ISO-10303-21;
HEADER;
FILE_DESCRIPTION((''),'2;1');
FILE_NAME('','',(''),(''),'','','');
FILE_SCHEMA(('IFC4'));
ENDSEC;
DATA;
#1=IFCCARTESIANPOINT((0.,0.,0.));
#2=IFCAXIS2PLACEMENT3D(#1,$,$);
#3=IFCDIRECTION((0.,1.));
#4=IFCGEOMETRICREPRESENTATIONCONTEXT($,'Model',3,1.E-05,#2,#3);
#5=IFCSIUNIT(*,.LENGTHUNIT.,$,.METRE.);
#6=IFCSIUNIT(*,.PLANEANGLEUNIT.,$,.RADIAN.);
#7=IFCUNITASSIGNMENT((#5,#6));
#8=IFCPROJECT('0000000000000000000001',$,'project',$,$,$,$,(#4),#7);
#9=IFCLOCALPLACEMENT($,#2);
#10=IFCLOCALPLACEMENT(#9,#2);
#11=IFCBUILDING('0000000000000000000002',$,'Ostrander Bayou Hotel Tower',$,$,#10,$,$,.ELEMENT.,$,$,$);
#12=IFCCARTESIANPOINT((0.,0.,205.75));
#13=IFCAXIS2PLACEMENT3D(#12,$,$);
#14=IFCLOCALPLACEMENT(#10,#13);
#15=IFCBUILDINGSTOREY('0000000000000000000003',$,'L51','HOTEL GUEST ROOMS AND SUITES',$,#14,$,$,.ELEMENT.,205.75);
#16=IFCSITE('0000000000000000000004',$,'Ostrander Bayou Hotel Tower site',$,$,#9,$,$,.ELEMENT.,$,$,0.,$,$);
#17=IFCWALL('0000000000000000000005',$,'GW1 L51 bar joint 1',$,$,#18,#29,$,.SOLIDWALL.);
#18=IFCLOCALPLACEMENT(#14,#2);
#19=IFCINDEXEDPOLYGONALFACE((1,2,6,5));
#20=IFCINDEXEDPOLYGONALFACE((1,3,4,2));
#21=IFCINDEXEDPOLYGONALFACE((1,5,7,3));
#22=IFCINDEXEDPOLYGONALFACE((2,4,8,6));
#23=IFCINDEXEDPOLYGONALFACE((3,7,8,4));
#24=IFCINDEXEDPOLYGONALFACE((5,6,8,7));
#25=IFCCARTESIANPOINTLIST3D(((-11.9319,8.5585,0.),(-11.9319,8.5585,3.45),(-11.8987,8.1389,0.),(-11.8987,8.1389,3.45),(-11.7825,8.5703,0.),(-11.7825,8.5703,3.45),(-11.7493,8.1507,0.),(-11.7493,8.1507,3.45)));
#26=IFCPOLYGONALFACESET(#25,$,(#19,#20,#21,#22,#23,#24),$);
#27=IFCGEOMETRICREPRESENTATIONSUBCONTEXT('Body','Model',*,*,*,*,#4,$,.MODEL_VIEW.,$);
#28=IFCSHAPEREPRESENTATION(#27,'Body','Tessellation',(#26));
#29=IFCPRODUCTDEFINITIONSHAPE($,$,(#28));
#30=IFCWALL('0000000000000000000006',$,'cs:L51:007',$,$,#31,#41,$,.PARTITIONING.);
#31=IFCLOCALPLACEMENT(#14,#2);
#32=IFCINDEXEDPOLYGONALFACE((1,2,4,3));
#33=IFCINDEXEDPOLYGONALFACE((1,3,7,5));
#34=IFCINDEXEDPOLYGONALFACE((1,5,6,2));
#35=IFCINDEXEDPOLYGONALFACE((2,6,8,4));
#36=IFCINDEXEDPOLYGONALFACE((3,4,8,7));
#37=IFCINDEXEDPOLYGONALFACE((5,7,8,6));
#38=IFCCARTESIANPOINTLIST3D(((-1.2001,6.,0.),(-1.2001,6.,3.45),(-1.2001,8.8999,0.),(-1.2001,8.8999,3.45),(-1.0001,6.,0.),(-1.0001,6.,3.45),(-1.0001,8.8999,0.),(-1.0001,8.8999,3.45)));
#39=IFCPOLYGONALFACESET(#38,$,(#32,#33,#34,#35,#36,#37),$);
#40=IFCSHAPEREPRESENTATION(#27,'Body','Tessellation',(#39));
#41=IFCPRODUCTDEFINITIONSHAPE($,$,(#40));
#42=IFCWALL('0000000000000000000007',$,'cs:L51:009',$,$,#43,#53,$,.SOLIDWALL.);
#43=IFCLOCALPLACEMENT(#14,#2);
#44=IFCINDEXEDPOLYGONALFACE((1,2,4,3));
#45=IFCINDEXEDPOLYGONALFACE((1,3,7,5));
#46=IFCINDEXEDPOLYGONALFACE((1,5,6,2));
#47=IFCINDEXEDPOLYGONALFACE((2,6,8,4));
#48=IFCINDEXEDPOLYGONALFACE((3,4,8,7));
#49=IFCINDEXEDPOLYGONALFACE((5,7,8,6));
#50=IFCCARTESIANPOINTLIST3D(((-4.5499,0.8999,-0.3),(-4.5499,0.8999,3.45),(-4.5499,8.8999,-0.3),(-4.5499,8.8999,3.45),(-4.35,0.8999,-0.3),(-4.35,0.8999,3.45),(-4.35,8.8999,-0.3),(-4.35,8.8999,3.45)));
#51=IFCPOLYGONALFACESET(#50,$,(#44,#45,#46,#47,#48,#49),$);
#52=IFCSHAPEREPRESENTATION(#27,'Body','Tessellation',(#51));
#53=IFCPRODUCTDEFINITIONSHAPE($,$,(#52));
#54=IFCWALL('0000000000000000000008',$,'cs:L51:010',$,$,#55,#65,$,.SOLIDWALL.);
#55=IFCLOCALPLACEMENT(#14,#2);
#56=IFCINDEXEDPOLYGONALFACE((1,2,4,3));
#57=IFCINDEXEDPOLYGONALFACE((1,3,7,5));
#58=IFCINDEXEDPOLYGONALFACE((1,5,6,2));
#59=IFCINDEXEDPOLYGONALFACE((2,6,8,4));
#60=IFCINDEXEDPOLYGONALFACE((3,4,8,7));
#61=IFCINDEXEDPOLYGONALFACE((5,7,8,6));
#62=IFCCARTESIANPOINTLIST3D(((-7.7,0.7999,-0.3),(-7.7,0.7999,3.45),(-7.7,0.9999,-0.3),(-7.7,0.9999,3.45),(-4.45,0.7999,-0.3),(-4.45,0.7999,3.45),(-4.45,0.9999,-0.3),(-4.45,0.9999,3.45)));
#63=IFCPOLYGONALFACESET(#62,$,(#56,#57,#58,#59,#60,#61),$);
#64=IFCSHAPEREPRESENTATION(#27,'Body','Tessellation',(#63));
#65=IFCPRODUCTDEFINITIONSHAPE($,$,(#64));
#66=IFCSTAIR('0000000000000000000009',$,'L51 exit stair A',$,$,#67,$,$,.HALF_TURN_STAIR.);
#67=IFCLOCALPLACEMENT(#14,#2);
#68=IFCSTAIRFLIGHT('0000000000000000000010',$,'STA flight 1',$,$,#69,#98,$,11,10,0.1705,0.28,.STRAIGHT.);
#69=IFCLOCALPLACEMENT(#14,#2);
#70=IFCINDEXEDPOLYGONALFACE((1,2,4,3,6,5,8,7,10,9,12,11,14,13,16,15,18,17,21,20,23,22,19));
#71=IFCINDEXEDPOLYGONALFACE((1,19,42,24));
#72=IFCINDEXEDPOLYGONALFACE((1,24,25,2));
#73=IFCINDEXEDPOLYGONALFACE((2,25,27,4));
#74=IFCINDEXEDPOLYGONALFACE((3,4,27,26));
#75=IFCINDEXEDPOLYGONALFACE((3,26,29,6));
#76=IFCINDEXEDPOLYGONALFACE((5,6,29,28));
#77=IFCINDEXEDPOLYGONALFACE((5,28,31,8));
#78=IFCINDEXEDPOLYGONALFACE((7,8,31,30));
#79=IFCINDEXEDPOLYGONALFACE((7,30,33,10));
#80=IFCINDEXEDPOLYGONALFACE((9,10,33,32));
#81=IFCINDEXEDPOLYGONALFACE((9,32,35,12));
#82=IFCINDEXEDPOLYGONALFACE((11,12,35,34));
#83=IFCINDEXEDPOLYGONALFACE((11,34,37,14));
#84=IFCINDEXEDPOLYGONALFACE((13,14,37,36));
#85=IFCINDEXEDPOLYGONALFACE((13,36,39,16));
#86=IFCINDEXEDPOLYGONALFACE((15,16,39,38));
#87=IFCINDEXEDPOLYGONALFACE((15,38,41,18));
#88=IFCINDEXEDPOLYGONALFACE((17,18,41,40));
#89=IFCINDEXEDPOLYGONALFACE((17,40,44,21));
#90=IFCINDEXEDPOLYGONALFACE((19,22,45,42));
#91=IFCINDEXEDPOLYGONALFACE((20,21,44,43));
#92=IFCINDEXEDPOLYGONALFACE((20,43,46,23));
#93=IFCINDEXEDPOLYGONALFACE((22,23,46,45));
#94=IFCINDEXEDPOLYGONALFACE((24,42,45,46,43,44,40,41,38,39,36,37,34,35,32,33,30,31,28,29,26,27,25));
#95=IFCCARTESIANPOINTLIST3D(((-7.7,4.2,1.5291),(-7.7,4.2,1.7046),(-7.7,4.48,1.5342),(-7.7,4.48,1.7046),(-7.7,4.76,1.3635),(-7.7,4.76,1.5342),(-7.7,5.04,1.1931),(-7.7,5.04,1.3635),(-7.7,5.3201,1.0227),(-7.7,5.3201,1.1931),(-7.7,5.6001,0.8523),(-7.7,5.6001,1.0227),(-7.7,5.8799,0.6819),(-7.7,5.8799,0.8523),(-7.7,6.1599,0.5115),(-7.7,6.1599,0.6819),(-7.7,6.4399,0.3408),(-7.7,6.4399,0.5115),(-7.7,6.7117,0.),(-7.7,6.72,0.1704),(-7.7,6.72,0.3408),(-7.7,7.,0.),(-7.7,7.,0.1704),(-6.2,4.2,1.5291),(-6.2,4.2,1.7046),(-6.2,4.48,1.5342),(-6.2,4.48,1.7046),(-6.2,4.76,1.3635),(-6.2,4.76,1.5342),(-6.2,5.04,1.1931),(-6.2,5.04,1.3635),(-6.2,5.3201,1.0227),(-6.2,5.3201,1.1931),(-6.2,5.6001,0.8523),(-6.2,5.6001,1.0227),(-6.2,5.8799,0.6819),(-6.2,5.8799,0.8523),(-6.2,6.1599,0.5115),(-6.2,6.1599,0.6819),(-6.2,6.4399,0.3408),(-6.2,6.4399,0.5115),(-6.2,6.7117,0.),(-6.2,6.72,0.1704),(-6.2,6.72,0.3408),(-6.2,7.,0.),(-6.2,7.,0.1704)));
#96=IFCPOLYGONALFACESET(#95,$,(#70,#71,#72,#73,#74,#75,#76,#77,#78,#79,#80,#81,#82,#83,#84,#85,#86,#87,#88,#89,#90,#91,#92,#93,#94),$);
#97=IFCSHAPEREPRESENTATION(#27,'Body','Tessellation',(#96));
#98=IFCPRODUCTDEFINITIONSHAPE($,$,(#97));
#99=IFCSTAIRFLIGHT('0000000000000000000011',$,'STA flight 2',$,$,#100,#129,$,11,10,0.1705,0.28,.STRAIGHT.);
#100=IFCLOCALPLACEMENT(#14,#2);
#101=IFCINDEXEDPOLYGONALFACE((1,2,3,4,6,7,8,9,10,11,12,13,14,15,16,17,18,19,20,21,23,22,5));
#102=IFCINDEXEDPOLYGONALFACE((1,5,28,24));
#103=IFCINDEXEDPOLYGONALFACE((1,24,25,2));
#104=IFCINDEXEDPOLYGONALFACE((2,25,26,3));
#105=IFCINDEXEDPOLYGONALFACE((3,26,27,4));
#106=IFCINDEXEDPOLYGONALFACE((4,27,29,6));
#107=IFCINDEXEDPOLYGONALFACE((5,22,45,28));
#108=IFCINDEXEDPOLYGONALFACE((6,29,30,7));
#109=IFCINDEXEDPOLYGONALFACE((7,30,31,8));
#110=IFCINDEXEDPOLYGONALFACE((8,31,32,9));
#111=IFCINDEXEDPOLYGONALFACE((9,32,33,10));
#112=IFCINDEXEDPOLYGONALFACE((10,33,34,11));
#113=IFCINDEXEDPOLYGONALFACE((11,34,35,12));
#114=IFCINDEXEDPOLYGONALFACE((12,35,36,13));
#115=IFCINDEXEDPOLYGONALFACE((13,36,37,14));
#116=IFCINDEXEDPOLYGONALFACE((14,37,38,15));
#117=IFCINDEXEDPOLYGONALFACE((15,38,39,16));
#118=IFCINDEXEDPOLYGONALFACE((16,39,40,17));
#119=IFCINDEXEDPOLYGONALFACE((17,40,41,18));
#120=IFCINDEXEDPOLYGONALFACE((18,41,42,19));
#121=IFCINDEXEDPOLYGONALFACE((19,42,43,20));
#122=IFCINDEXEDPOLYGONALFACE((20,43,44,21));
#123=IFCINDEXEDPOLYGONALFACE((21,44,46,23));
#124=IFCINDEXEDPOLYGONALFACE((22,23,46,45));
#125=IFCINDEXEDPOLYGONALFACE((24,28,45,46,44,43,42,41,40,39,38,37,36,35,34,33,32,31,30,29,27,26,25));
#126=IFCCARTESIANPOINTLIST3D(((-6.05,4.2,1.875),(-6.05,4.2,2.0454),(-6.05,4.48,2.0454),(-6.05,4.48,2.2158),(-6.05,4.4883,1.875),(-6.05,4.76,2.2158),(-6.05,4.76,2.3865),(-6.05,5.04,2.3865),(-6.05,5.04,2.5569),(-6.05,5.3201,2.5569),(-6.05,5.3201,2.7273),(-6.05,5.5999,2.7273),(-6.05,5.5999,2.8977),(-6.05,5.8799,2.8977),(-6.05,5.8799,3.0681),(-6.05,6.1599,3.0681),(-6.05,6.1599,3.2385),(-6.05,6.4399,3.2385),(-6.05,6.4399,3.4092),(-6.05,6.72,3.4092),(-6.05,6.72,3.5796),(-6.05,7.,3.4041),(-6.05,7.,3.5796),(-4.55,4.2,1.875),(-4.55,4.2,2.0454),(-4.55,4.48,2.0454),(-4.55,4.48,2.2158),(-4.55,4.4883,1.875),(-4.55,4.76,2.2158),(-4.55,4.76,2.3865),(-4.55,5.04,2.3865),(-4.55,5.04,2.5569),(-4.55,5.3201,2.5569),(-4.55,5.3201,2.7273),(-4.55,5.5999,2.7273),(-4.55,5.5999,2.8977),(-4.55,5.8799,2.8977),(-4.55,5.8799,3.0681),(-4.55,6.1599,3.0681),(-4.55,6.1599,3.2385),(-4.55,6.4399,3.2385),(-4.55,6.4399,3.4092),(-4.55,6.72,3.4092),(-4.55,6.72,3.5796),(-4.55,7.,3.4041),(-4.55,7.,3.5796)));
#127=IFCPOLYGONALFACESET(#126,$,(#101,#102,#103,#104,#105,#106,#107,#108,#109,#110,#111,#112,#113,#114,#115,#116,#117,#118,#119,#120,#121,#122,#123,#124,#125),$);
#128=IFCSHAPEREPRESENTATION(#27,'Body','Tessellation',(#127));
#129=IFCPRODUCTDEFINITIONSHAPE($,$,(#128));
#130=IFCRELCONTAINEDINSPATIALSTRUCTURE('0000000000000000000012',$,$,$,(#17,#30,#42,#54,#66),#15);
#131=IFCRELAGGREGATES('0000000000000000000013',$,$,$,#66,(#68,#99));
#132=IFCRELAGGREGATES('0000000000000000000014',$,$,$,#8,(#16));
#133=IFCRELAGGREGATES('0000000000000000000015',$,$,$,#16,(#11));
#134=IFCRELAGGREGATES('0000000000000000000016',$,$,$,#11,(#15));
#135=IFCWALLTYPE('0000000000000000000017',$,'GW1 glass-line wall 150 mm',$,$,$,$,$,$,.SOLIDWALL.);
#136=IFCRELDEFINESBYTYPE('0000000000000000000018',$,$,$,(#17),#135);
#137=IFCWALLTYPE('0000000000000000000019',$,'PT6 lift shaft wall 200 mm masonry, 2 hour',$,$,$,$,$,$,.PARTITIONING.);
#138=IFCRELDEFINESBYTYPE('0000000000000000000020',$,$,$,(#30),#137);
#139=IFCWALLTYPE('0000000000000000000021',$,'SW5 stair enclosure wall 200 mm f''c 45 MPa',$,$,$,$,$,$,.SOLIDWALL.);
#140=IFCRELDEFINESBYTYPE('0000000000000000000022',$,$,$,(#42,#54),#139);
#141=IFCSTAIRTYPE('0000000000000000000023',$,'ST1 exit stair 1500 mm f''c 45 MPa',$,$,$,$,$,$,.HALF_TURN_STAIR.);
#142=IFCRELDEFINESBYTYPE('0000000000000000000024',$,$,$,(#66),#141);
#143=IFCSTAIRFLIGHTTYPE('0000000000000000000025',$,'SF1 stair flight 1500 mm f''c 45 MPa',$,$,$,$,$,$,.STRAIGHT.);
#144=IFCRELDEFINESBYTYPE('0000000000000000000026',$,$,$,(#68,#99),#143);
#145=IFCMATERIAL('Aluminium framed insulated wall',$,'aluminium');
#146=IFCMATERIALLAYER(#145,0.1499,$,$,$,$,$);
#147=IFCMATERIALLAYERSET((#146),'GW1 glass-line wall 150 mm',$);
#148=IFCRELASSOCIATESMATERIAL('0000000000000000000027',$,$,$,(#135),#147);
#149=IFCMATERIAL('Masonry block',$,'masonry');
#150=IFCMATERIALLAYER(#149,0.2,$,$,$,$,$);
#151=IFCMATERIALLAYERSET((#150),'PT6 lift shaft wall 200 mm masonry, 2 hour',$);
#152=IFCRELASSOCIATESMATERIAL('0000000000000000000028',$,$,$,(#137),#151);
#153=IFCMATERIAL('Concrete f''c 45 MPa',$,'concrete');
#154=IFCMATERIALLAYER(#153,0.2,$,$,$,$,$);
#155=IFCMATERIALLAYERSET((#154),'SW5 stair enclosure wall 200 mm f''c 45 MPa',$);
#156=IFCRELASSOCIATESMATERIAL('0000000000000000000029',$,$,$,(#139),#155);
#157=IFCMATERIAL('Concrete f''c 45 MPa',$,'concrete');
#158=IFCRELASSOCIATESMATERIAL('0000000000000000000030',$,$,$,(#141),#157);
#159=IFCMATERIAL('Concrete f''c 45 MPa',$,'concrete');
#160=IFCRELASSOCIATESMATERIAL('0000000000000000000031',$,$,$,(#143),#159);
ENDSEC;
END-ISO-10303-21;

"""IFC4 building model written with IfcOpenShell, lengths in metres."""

from ifc_helpers import new_model, si_unit, direction, frame, frame_2d, origin, place, context, subcontext, project, spatial, polyline, rectangle, outline, extrude, material, layer, layer_set, type_object, element, aggregate, save


model = new_model("IFC4")

# Units and contexts
model_context = context("Model", 3, precision=1e-05, world=origin(), true_north=direction((0.0, 1.0)))
body_context = subcontext(model_context, "Body", "Model", "MODEL_VIEW")
ifc_project = project(units=[si_unit("LENGTHUNIT", "METRE"), si_unit("PLANEANGLEUNIT", "RADIAN")], contexts=[model_context])

# Site, building, storey
site_placement = place(None, origin())
site = spatial("IfcSite", under=ifc_project, at=site_placement, Name="Ostrander Bayou Hotel Tower site", CompositionType="ELEMENT", RefElevation=0.0)
building_placement = place(site_placement, origin())
building = spatial("IfcBuilding", under=site, at=building_placement, Name="Ostrander Bayou Hotel Tower", CompositionType="ELEMENT")
storey_placement = place(building_placement, frame((0.0, 0.0, 205.75)))
storey = spatial("IfcBuildingStorey", under=building, at=storey_placement, Name="L51", Description="HOTEL GUEST ROOMS AND SUITES", CompositionType="ELEMENT", Elevation=205.75)

# Wall
ifc_material_1 = material(Name="Aluminium framed insulated wall", Category="aluminium")
ifc_layer_1 = layer(ifc_material_1, 0.1499)
ifc_layer_set_1 = layer_set([ifc_layer_1], Name="GW1 glass-line wall 150 mm")
wall_type_1 = type_object("IfcWallType", Name="GW1 glass-line wall 150 mm", PredefinedType="SOLIDWALL", material=ifc_layer_set_1)
wall_1_placement = place(storey_placement, frame((-11.824, 8.1448, 0.0), z_axis=(0.0, 0.0, 1.0), x_axis=(-0.078869, 0.996885, 0.0)))
element("IfcWall", 1, at=wall_1_placement, inside=storey, type_object=wall_type_1, Name="GW1 L51 bar joint 1", PredefinedType="SOLIDWALL", context=body_context, shape_type="SweptSolid", body=[
    extrude(rectangle(XDim=0.4209, YDim=0.1499, at=frame_2d((0.2104, 0.0))), origin(), (0.0, 0.0, 1.0), 3.45),
])

# Shared definitions
ifc_material_2 = material(Name="Masonry block", Category="masonry")
ifc_layer_2 = layer(ifc_material_2, 0.2)
ifc_layer_set_2 = layer_set([ifc_layer_2], Name="PT6 lift shaft wall 200 mm masonry, 2 hour")
wall_type_2 = type_object("IfcWallType", Name="PT6 lift shaft wall 200 mm masonry, 2 hour", PredefinedType="PARTITIONING", material=ifc_layer_set_2)

# Walls
wall_2_placement = place(storey_placement, frame((-1.1001, 6.0, 0.0), z_axis=(0.0, 0.0, 1.0), x_axis=(0.0, 1.0, 0.0)))
element("IfcWall", 2, at=wall_2_placement, inside=storey, type_object=wall_type_2, Name="cs:L51:007", PredefinedType="PARTITIONING", context=body_context, shape_type="SweptSolid", body=[
    extrude(rectangle(XDim=2.8999, YDim=0.2, at=frame_2d((1.45, 0.0))), origin(), (0.0, 0.0, 1.0), 3.45),
])
ifc_material_3 = material(Name="Concrete f'c 45 MPa", Category="concrete")
ifc_layer_3 = layer(ifc_material_3, 0.2)
ifc_layer_set_3 = layer_set([ifc_layer_3], Name="SW5 stair enclosure wall 200 mm f'c 45 MPa")
wall_type_3 = type_object("IfcWallType", Name="SW5 stair enclosure wall 200 mm f'c 45 MPa", PredefinedType="SOLIDWALL", material=ifc_layer_set_3)
wall_3_placement = place(storey_placement, frame((-4.45, 0.8999, -0.3), z_axis=(0.0, 0.0, 1.0), x_axis=(0.0, 1.0, 0.0)))
element("IfcWall", 3, at=wall_3_placement, inside=storey, type_object=wall_type_3, Name="cs:L51:009", PredefinedType="SOLIDWALL", context=body_context, shape_type="SweptSolid", body=[
    extrude(rectangle(XDim=8.0, YDim=0.2, at=frame_2d((4.0, 0.0))), origin(), (0.0, 0.0, 1.0), 3.75),
])
wall_4_placement = place(storey_placement, frame((-7.7, 0.8999, -0.3), z_axis=(0.0, 0.0, 1.0), x_axis=(1.0, 0.0, 0.0)))
element("IfcWall", 4, at=wall_4_placement, inside=storey, type_object=wall_type_3, Name="cs:L51:010", PredefinedType="SOLIDWALL", context=body_context, shape_type="SweptSolid", body=[
    extrude(rectangle(XDim=3.25, YDim=0.2, at=frame_2d((1.625, 0.0))), origin(), (0.0, 0.0, 1.0), 3.75),
])

# Stair, stair flights
ifc_material_4 = material(Name="Concrete f'c 45 MPa", Category="concrete")
stair_type = type_object("IfcStairType", Name="ST1 exit stair 1500 mm f'c 45 MPa", PredefinedType="HALF_TURN_STAIR", material=ifc_material_4)
stair_placement = place(storey_placement, origin())
stair = element("IfcStair", 5, at=stair_placement, inside=storey, type_object=stair_type, Name="L51 exit stair A", PredefinedType="HALF_TURN_STAIR")
ifc_material_5 = material(Name="Concrete f'c 45 MPa", Category="concrete")
stair_flight_type = type_object("IfcStairFlightType", Name="SF1 stair flight 1500 mm f'c 45 MPa", PredefinedType="STRAIGHT", material=ifc_material_5)
stair_flight_1_placement = place(storey_placement, frame((-6.95, 7.0, 0.0), z_axis=(0.0, 0.0, 1.0), x_axis=(0.0, -1.0, 0.0)))
stair_flight_1 = element("IfcStairFlight", 6, at=stair_flight_1_placement, type_object=stair_flight_type, Name="STA flight 1", NumberOfRisers=11, NumberOfTreads=10, PredefinedType="STRAIGHT", RiserHeight=0.1705, TreadLength=0.28, context=body_context, shape_type="SweptSolid", body=[
    extrude(outline(polyline([(0.0, 0.0), (0.0, 0.1704), (0.28, 0.1704), (0.28, 0.3408), (0.5601, 0.3408), (0.5601, 0.5115), (0.8401, 0.5115), (0.8401, 0.6819), (1.1201, 0.6819), (1.1201, 0.8523), (1.3999, 0.8523), (1.3999, 1.0227), (1.6799, 1.0227), (1.6799, 1.1931), (1.96, 1.1931), (1.96, 1.3635), (2.24, 1.3635), (2.24, 1.5342), (2.52, 1.5342), (2.52, 1.7046), (2.8, 1.7046), (2.8, 1.875), (2.8, 1.5291), (0.2883, 0.0), (0.0, 0.0)])), frame((0.0, 0.75, 0.0), z_axis=(0.0, -1.0, 0.0), x_axis=(1.0, 0.0, 0.0)), (0.0, 0.0, 1.0), 1.5),
])
stair_flight_2_placement = place(storey_placement, frame((-5.3, 4.2, 1.875), z_axis=(0.0, 0.0, 1.0), x_axis=(0.0, 1.0, 0.0)))
stair_flight_2 = element("IfcStairFlight", 7, at=stair_flight_2_placement, type_object=stair_flight_type, Name="STA flight 2", NumberOfRisers=11, NumberOfTreads=10, PredefinedType="STRAIGHT", RiserHeight=0.1705, TreadLength=0.28, context=body_context, shape_type="SweptSolid", body=[
    extrude(outline(polyline([(0.0, 0.0), (0.0, 0.1704), (0.28, 0.1704), (0.28, 0.3408), (0.5601, 0.3408), (0.5601, 0.5115), (0.8401, 0.5115), (0.8401, 0.6819), (1.1201, 0.6819), (1.1201, 0.8523), (1.3999, 0.8523), (1.3999, 1.0227), (1.6799, 1.0227), (1.6799, 1.1931), (1.96, 1.1931), (1.96, 1.3635), (2.24, 1.3635), (2.24, 1.5342), (2.52, 1.5342), (2.52, 1.7046), (2.8, 1.7046), (2.8, 1.875), (2.8, 1.5291), (0.2883, 0.0), (0.0, 0.0)])), frame((0.0, 0.75, 0.0), z_axis=(0.0, -1.0, 0.0), x_axis=(1.0, 0.0, 0.0)), (0.0, 0.0, 1.0), 1.5),
])
aggregate(stair, [stair_flight_1, stair_flight_2])

save(model, "model.ifc")
